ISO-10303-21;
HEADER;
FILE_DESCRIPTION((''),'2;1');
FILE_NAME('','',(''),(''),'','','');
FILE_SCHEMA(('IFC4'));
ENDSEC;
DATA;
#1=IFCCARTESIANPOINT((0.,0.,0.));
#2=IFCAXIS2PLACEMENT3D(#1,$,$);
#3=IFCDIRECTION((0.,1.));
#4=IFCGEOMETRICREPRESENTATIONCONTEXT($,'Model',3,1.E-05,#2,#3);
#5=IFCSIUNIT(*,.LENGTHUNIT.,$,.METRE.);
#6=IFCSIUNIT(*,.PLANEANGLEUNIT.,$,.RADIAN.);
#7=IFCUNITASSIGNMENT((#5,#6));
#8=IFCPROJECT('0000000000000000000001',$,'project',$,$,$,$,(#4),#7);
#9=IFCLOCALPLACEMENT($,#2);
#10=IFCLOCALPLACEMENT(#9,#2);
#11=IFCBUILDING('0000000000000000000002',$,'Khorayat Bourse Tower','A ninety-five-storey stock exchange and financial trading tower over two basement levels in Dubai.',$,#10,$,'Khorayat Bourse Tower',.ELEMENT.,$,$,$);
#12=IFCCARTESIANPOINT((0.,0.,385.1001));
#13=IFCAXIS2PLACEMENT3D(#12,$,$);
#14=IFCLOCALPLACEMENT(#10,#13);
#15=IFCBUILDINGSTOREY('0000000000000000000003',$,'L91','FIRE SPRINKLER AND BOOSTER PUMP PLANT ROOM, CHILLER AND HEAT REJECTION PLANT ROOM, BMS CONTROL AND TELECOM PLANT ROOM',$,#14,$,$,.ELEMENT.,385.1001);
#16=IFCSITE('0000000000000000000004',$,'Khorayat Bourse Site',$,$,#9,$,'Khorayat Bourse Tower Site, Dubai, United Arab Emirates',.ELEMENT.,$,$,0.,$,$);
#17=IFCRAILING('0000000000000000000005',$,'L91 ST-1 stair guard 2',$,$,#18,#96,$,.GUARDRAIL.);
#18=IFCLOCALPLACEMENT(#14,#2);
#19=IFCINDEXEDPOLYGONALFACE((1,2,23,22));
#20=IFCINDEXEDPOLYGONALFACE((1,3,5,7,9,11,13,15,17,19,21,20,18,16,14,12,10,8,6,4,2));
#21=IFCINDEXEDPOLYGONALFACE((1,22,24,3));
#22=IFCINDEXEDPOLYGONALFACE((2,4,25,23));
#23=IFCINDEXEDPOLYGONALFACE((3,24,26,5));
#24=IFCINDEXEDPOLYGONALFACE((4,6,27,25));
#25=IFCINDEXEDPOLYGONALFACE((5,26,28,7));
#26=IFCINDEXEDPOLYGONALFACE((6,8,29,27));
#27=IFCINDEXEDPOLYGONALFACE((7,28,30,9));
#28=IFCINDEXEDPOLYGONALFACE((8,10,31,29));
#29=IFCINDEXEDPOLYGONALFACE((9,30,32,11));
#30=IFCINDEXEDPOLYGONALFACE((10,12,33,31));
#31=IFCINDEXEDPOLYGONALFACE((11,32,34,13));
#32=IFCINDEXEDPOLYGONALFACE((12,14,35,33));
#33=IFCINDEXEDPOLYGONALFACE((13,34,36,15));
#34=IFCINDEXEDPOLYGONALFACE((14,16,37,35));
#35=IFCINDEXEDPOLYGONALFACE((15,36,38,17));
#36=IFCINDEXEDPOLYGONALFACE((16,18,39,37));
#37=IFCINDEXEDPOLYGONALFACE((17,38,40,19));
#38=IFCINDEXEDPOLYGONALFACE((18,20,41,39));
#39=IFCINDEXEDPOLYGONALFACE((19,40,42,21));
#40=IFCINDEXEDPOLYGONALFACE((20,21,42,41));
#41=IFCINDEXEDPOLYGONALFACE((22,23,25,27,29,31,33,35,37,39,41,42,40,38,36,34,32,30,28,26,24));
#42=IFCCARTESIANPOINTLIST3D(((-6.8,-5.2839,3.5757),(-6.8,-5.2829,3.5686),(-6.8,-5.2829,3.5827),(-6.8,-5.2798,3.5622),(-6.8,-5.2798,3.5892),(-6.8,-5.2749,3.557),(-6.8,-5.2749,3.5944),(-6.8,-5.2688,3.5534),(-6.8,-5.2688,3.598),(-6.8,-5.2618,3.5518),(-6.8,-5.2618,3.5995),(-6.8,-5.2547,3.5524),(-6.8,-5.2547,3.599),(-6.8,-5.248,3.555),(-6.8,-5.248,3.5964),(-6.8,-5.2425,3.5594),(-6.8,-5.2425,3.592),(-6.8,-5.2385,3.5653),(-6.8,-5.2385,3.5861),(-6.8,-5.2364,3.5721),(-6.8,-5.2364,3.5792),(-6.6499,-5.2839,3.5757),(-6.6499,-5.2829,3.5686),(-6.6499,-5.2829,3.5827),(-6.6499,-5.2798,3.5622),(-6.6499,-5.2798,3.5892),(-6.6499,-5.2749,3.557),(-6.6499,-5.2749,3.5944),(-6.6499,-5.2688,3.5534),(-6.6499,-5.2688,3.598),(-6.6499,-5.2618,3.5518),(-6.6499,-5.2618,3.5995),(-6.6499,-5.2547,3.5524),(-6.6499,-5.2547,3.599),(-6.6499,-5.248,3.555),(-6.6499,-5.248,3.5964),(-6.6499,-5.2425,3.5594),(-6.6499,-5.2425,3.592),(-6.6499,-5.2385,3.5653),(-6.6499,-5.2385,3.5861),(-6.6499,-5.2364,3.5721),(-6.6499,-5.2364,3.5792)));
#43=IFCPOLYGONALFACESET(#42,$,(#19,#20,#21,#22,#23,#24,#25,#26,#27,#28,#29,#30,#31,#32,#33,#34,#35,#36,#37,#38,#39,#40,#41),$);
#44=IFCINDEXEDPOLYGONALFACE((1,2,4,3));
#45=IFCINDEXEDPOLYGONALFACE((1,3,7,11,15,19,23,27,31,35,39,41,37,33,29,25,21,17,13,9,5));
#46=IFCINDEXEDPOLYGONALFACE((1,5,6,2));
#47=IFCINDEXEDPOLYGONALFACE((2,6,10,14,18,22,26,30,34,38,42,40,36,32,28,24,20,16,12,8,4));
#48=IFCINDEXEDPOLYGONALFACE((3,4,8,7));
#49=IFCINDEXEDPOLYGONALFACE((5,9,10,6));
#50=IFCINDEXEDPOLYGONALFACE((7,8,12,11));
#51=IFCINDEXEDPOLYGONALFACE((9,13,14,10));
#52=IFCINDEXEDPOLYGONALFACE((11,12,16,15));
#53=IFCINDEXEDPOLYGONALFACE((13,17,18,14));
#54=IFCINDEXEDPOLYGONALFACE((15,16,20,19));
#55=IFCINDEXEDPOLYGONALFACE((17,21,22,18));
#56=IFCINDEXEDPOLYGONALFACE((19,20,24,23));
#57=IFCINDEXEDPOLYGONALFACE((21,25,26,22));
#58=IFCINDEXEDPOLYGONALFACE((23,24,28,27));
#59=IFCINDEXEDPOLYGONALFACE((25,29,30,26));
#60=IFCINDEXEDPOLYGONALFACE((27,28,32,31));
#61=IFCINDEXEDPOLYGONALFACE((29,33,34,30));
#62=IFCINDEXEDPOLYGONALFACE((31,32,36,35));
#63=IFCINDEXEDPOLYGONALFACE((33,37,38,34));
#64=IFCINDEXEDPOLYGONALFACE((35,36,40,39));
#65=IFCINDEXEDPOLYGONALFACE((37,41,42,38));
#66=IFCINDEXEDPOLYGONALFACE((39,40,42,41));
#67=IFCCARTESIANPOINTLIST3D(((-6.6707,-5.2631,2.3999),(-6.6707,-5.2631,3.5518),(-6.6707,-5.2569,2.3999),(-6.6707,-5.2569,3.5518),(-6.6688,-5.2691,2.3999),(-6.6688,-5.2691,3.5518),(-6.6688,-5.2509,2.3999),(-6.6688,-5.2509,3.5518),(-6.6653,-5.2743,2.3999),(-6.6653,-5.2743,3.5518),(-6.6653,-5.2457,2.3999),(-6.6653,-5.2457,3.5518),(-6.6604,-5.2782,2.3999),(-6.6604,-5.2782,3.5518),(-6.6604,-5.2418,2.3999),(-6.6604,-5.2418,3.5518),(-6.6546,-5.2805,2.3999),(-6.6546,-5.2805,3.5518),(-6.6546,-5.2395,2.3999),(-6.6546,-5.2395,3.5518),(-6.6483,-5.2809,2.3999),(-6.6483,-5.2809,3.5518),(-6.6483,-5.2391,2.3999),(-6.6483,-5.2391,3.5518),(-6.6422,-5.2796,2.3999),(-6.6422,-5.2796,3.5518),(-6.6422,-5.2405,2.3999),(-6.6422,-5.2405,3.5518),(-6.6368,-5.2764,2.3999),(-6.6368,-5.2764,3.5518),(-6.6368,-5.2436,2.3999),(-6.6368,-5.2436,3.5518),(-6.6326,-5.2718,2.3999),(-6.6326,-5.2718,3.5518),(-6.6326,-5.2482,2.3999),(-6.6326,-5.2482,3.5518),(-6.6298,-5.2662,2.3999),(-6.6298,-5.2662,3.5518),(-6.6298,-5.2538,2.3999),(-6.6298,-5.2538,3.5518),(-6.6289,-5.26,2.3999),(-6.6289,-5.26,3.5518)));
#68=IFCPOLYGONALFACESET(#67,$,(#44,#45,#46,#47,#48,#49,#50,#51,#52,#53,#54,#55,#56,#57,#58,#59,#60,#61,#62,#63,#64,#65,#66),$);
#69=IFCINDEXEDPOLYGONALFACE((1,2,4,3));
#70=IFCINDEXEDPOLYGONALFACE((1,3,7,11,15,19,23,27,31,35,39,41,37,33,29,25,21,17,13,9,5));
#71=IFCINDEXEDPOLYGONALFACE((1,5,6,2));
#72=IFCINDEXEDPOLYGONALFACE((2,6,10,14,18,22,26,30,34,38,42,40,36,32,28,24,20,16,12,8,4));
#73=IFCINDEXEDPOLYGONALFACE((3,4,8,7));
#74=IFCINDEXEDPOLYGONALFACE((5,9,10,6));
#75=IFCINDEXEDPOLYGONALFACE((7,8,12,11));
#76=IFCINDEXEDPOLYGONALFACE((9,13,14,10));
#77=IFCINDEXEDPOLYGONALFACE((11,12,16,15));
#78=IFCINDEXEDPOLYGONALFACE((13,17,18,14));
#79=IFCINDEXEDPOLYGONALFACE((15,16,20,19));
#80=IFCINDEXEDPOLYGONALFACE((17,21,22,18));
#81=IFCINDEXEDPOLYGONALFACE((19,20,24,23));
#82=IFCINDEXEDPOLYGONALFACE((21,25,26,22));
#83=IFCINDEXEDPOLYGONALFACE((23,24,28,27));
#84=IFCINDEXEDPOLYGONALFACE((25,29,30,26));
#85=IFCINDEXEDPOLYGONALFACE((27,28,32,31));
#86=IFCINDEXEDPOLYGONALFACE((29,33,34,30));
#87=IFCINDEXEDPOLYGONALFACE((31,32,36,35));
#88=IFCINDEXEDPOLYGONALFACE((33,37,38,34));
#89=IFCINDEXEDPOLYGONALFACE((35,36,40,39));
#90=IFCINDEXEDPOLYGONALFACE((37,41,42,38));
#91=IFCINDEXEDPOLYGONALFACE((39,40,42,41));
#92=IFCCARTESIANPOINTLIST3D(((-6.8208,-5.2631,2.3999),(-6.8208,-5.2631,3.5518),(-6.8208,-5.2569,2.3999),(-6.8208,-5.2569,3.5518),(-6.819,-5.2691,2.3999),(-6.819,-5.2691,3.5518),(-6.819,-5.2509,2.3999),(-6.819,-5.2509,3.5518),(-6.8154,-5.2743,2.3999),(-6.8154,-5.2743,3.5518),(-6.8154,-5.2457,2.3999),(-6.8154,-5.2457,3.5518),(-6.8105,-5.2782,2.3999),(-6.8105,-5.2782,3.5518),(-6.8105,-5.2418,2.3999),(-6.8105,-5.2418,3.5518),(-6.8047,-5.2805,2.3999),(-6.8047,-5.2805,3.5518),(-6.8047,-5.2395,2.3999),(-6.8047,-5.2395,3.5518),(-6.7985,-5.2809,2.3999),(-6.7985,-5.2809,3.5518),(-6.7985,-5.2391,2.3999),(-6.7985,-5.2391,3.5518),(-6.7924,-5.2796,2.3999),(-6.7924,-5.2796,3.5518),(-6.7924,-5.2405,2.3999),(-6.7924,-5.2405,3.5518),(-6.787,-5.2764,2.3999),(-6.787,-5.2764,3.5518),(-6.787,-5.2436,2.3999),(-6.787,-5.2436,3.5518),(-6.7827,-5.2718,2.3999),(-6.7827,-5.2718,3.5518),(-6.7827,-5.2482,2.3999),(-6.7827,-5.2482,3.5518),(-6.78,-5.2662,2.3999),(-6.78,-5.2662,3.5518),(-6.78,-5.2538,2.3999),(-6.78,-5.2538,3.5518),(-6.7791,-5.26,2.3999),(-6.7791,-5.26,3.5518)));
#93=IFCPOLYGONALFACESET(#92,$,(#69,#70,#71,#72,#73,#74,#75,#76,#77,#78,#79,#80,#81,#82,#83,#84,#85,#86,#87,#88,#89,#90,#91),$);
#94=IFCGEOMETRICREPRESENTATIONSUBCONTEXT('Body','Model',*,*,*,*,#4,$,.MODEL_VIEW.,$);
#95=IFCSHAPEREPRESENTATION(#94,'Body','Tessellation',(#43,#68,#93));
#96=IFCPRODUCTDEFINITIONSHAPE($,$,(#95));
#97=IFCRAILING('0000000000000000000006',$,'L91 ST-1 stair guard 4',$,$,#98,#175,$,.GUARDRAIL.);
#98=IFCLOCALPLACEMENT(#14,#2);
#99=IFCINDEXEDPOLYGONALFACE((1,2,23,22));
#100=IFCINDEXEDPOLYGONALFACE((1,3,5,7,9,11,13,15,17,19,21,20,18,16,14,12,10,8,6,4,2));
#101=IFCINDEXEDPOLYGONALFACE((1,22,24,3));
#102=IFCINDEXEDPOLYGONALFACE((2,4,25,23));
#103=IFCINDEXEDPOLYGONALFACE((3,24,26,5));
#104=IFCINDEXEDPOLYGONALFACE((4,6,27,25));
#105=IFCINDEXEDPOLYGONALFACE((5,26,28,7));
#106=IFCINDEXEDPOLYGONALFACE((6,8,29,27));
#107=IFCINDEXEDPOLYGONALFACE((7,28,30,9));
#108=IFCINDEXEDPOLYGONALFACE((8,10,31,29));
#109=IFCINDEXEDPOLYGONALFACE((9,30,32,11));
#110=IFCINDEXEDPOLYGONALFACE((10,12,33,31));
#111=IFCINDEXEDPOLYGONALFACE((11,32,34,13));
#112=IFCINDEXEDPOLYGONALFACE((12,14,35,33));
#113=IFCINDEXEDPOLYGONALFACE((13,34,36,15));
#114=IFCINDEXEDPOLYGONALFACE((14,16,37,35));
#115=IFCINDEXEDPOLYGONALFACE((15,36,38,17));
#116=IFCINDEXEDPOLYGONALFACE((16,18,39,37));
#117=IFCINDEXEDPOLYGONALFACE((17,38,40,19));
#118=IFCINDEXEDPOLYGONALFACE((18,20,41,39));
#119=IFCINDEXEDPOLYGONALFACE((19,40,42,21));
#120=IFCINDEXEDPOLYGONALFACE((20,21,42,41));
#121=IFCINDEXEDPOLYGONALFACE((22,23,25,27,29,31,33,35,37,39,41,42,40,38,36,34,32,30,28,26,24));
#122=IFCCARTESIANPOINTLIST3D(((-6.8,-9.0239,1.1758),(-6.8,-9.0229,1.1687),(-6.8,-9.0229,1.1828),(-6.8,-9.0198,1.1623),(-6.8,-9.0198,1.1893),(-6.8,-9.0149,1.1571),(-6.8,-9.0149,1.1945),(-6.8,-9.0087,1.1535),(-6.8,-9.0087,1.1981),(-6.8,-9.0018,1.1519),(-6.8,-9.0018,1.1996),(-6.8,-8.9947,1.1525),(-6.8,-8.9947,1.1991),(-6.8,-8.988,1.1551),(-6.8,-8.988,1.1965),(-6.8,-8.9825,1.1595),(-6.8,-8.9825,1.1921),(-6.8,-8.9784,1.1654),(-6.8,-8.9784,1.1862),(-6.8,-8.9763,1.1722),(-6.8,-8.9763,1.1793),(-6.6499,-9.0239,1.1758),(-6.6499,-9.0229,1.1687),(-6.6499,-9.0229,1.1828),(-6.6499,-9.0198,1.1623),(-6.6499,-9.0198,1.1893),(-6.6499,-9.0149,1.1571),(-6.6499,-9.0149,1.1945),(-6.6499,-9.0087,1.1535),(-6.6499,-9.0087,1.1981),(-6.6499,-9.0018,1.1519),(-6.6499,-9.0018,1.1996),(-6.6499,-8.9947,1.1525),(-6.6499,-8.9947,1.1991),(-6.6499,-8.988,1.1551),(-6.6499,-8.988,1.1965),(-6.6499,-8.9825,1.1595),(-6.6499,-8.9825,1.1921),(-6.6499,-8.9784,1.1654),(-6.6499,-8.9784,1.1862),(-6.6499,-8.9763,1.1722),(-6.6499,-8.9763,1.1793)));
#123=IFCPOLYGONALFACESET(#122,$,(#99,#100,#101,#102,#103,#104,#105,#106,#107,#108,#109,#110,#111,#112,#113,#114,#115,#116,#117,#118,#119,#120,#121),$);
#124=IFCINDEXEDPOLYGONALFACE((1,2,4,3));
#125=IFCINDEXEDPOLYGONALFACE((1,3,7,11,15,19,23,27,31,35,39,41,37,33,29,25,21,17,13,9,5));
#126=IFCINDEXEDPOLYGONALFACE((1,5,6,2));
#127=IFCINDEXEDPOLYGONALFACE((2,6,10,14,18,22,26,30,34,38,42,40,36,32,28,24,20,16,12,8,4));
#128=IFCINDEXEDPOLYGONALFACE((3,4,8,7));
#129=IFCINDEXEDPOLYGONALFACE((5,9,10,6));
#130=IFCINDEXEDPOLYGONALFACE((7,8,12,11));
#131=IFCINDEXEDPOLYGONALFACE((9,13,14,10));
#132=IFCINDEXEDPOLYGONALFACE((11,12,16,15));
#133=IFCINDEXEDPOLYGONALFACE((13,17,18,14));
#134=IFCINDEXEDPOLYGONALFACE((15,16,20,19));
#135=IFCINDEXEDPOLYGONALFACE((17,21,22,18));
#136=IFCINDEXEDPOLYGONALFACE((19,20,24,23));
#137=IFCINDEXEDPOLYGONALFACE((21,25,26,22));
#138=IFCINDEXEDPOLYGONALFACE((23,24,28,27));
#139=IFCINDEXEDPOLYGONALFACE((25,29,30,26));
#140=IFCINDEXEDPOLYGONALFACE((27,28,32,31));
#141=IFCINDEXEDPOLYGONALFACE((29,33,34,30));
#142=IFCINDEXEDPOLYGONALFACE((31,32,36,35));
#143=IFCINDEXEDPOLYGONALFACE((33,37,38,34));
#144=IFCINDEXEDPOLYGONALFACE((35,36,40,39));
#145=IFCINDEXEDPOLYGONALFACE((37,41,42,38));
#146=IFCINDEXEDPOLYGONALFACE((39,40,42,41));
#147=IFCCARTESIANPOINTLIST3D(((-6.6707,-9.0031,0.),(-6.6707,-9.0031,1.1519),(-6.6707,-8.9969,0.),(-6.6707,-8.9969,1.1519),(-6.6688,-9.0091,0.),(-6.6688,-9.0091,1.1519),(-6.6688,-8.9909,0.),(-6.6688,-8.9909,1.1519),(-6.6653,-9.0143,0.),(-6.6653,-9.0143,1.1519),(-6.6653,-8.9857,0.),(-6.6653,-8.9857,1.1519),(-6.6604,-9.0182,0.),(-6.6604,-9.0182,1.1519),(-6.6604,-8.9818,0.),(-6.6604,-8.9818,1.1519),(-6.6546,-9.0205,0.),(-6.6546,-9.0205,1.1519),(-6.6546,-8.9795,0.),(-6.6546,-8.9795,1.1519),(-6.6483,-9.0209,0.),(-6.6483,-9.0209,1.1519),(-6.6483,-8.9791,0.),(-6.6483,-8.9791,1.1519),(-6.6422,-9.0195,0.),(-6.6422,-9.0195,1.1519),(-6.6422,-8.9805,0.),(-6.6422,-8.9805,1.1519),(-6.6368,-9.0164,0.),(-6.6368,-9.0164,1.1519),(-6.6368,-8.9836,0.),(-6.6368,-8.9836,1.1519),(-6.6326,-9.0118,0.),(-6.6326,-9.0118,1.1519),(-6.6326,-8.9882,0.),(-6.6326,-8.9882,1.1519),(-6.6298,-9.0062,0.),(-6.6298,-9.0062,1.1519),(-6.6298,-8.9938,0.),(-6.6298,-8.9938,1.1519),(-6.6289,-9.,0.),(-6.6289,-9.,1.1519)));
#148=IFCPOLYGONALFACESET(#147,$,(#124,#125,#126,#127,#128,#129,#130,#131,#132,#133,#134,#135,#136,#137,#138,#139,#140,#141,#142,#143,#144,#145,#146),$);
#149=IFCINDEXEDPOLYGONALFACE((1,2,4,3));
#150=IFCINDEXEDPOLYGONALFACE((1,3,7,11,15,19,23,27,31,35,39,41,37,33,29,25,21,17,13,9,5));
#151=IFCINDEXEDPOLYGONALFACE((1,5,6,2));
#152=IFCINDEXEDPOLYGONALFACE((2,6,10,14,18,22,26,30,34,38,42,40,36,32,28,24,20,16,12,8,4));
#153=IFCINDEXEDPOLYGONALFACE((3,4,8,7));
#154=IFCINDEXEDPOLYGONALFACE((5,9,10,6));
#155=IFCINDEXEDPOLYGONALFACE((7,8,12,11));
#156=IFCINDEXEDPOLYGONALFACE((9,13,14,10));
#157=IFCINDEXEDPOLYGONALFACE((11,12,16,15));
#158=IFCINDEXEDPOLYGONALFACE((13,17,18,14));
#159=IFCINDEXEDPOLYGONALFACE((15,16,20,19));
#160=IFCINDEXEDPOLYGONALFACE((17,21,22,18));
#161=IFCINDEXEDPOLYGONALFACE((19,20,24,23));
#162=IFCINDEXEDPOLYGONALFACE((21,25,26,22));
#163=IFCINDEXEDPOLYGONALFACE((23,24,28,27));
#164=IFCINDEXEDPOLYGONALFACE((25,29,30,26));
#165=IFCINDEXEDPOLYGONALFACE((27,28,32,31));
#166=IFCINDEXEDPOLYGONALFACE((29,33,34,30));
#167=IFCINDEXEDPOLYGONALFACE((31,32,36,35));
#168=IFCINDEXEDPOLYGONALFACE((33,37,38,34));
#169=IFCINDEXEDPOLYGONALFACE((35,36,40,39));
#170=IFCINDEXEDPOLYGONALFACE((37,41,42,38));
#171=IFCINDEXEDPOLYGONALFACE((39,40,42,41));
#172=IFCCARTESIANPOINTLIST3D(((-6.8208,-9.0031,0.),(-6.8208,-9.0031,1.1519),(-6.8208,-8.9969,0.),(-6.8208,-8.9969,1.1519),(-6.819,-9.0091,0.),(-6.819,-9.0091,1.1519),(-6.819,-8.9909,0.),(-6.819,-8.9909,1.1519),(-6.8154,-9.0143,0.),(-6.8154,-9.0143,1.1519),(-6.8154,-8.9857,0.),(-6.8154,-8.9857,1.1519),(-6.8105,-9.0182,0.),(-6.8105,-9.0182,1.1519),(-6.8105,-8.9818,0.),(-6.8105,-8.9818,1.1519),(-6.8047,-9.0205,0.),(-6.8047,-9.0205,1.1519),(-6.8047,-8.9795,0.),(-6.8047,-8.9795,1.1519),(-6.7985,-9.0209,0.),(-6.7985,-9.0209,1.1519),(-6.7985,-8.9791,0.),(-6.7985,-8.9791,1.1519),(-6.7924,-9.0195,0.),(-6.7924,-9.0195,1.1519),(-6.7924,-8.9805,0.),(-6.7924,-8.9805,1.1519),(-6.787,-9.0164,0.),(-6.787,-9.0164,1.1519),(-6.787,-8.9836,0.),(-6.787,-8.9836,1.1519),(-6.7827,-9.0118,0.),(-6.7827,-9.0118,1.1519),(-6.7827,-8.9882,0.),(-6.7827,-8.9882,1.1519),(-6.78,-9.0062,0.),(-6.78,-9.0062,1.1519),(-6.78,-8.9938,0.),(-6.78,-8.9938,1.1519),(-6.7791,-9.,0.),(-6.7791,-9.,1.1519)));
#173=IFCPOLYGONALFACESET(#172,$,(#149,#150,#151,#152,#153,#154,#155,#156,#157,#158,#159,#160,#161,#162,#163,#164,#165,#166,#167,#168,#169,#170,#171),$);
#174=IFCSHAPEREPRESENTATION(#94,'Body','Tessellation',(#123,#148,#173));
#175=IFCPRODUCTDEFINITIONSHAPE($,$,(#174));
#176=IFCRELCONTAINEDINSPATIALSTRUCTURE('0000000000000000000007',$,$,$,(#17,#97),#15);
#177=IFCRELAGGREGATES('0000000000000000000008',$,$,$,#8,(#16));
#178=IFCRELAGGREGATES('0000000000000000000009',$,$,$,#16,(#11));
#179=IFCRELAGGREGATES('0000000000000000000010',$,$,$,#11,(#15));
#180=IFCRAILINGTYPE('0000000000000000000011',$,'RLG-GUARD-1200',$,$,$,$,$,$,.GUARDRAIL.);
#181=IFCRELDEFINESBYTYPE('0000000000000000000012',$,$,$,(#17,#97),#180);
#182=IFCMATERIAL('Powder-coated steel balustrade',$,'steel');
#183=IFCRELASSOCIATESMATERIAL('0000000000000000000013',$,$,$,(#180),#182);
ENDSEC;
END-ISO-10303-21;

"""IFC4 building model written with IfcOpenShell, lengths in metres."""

from ifc_helpers import new_model, si_unit, direction, frame, origin, origin_2d, place, context, subcontext, project, spatial, circle, extrude, source, transform, mapped, material, type_object, element, save


model = new_model("IFC4")

# Units and contexts
model_context = context("Model", 3, precision=1e-05, world=origin(), true_north=direction((0.0, 1.0)))
body_context = subcontext(model_context, "Body", "Model", "MODEL_VIEW")
ifc_project = project(units=[si_unit("LENGTHUNIT", "METRE"), si_unit("PLANEANGLEUNIT", "RADIAN")], contexts=[model_context])

# Site, building, storey
site_placement = place(None, origin())
site = spatial("IfcSite", under=ifc_project, at=site_placement, Name="Khorayat Bourse Site", LongName="Khorayat Bourse Tower Site, Dubai, United Arab Emirates", CompositionType="ELEMENT", RefElevation=0.0)
building_placement = place(site_placement, origin())
building = spatial("IfcBuilding", under=site, at=building_placement, Name="Khorayat Bourse Tower", Description="A ninety-five-storey stock exchange and financial trading tower over two basement levels in Dubai.", LongName="Khorayat Bourse Tower", CompositionType="ELEMENT")
storey_placement = place(building_placement, frame((0.0, 0.0, 385.1001)))
storey = spatial("IfcBuildingStorey", under=building, at=storey_placement, Name="L91", Description="FIRE SPRINKLER AND BOOSTER PUMP PLANT ROOM, CHILLER AND HEAT REJECTION PLANT ROOM, BMS CONTROL AND TELECOM PLANT ROOM", CompositionType="ELEMENT", Elevation=385.1001)

# Railings
ifc_material_1 = material(Name="Powder-coated steel balustrade", Category="steel")
railing_type_1 = type_object("IfcRailingType", Name="RLG-GUARD-1200", PredefinedType="GUARDRAIL", material=ifc_material_1)
shared_shape_1 = source(origin(), body_context, "Body", "SweptSolid", [
    extrude(circle(Radius=0.0239, at=origin_2d()), frame((0.0, 0.0, 1.1758), z_axis=(-1.0, 0.0, 0.0), x_axis=(0.0, -1.0, 0.0)), (0.0, 0.0, 1.0), 0.1501),
    extrude(circle(Radius=0.021, at=origin_2d()), origin(), (0.0, 0.0, 1.0), 1.1519),
    extrude(circle(Radius=0.021, at=origin_2d()), frame((-0.1501, 0.0, 0.0)), (0.0, 0.0, 1.0), 1.1519),
])
for number, where, name in (
    (1, (-6.6499, -5.26, 2.3999), "L91 ST-1 stair guard 2"),
    (2, (-6.6499, -9.0, 0.0), "L91 ST-1 stair guard 4"),
):
    element("IfcRailing", number, at=place(storey_placement, frame(where)), inside=storey, type_object=railing_type_1, Name=name, PredefinedType="GUARDRAIL", context=body_context, shape_type="MappedRepresentation", body=[
        mapped(shared_shape_1, transform((0.0, 0.0, 0.0), scale=1.0)),
    ])

save(model, "model.ifc")
